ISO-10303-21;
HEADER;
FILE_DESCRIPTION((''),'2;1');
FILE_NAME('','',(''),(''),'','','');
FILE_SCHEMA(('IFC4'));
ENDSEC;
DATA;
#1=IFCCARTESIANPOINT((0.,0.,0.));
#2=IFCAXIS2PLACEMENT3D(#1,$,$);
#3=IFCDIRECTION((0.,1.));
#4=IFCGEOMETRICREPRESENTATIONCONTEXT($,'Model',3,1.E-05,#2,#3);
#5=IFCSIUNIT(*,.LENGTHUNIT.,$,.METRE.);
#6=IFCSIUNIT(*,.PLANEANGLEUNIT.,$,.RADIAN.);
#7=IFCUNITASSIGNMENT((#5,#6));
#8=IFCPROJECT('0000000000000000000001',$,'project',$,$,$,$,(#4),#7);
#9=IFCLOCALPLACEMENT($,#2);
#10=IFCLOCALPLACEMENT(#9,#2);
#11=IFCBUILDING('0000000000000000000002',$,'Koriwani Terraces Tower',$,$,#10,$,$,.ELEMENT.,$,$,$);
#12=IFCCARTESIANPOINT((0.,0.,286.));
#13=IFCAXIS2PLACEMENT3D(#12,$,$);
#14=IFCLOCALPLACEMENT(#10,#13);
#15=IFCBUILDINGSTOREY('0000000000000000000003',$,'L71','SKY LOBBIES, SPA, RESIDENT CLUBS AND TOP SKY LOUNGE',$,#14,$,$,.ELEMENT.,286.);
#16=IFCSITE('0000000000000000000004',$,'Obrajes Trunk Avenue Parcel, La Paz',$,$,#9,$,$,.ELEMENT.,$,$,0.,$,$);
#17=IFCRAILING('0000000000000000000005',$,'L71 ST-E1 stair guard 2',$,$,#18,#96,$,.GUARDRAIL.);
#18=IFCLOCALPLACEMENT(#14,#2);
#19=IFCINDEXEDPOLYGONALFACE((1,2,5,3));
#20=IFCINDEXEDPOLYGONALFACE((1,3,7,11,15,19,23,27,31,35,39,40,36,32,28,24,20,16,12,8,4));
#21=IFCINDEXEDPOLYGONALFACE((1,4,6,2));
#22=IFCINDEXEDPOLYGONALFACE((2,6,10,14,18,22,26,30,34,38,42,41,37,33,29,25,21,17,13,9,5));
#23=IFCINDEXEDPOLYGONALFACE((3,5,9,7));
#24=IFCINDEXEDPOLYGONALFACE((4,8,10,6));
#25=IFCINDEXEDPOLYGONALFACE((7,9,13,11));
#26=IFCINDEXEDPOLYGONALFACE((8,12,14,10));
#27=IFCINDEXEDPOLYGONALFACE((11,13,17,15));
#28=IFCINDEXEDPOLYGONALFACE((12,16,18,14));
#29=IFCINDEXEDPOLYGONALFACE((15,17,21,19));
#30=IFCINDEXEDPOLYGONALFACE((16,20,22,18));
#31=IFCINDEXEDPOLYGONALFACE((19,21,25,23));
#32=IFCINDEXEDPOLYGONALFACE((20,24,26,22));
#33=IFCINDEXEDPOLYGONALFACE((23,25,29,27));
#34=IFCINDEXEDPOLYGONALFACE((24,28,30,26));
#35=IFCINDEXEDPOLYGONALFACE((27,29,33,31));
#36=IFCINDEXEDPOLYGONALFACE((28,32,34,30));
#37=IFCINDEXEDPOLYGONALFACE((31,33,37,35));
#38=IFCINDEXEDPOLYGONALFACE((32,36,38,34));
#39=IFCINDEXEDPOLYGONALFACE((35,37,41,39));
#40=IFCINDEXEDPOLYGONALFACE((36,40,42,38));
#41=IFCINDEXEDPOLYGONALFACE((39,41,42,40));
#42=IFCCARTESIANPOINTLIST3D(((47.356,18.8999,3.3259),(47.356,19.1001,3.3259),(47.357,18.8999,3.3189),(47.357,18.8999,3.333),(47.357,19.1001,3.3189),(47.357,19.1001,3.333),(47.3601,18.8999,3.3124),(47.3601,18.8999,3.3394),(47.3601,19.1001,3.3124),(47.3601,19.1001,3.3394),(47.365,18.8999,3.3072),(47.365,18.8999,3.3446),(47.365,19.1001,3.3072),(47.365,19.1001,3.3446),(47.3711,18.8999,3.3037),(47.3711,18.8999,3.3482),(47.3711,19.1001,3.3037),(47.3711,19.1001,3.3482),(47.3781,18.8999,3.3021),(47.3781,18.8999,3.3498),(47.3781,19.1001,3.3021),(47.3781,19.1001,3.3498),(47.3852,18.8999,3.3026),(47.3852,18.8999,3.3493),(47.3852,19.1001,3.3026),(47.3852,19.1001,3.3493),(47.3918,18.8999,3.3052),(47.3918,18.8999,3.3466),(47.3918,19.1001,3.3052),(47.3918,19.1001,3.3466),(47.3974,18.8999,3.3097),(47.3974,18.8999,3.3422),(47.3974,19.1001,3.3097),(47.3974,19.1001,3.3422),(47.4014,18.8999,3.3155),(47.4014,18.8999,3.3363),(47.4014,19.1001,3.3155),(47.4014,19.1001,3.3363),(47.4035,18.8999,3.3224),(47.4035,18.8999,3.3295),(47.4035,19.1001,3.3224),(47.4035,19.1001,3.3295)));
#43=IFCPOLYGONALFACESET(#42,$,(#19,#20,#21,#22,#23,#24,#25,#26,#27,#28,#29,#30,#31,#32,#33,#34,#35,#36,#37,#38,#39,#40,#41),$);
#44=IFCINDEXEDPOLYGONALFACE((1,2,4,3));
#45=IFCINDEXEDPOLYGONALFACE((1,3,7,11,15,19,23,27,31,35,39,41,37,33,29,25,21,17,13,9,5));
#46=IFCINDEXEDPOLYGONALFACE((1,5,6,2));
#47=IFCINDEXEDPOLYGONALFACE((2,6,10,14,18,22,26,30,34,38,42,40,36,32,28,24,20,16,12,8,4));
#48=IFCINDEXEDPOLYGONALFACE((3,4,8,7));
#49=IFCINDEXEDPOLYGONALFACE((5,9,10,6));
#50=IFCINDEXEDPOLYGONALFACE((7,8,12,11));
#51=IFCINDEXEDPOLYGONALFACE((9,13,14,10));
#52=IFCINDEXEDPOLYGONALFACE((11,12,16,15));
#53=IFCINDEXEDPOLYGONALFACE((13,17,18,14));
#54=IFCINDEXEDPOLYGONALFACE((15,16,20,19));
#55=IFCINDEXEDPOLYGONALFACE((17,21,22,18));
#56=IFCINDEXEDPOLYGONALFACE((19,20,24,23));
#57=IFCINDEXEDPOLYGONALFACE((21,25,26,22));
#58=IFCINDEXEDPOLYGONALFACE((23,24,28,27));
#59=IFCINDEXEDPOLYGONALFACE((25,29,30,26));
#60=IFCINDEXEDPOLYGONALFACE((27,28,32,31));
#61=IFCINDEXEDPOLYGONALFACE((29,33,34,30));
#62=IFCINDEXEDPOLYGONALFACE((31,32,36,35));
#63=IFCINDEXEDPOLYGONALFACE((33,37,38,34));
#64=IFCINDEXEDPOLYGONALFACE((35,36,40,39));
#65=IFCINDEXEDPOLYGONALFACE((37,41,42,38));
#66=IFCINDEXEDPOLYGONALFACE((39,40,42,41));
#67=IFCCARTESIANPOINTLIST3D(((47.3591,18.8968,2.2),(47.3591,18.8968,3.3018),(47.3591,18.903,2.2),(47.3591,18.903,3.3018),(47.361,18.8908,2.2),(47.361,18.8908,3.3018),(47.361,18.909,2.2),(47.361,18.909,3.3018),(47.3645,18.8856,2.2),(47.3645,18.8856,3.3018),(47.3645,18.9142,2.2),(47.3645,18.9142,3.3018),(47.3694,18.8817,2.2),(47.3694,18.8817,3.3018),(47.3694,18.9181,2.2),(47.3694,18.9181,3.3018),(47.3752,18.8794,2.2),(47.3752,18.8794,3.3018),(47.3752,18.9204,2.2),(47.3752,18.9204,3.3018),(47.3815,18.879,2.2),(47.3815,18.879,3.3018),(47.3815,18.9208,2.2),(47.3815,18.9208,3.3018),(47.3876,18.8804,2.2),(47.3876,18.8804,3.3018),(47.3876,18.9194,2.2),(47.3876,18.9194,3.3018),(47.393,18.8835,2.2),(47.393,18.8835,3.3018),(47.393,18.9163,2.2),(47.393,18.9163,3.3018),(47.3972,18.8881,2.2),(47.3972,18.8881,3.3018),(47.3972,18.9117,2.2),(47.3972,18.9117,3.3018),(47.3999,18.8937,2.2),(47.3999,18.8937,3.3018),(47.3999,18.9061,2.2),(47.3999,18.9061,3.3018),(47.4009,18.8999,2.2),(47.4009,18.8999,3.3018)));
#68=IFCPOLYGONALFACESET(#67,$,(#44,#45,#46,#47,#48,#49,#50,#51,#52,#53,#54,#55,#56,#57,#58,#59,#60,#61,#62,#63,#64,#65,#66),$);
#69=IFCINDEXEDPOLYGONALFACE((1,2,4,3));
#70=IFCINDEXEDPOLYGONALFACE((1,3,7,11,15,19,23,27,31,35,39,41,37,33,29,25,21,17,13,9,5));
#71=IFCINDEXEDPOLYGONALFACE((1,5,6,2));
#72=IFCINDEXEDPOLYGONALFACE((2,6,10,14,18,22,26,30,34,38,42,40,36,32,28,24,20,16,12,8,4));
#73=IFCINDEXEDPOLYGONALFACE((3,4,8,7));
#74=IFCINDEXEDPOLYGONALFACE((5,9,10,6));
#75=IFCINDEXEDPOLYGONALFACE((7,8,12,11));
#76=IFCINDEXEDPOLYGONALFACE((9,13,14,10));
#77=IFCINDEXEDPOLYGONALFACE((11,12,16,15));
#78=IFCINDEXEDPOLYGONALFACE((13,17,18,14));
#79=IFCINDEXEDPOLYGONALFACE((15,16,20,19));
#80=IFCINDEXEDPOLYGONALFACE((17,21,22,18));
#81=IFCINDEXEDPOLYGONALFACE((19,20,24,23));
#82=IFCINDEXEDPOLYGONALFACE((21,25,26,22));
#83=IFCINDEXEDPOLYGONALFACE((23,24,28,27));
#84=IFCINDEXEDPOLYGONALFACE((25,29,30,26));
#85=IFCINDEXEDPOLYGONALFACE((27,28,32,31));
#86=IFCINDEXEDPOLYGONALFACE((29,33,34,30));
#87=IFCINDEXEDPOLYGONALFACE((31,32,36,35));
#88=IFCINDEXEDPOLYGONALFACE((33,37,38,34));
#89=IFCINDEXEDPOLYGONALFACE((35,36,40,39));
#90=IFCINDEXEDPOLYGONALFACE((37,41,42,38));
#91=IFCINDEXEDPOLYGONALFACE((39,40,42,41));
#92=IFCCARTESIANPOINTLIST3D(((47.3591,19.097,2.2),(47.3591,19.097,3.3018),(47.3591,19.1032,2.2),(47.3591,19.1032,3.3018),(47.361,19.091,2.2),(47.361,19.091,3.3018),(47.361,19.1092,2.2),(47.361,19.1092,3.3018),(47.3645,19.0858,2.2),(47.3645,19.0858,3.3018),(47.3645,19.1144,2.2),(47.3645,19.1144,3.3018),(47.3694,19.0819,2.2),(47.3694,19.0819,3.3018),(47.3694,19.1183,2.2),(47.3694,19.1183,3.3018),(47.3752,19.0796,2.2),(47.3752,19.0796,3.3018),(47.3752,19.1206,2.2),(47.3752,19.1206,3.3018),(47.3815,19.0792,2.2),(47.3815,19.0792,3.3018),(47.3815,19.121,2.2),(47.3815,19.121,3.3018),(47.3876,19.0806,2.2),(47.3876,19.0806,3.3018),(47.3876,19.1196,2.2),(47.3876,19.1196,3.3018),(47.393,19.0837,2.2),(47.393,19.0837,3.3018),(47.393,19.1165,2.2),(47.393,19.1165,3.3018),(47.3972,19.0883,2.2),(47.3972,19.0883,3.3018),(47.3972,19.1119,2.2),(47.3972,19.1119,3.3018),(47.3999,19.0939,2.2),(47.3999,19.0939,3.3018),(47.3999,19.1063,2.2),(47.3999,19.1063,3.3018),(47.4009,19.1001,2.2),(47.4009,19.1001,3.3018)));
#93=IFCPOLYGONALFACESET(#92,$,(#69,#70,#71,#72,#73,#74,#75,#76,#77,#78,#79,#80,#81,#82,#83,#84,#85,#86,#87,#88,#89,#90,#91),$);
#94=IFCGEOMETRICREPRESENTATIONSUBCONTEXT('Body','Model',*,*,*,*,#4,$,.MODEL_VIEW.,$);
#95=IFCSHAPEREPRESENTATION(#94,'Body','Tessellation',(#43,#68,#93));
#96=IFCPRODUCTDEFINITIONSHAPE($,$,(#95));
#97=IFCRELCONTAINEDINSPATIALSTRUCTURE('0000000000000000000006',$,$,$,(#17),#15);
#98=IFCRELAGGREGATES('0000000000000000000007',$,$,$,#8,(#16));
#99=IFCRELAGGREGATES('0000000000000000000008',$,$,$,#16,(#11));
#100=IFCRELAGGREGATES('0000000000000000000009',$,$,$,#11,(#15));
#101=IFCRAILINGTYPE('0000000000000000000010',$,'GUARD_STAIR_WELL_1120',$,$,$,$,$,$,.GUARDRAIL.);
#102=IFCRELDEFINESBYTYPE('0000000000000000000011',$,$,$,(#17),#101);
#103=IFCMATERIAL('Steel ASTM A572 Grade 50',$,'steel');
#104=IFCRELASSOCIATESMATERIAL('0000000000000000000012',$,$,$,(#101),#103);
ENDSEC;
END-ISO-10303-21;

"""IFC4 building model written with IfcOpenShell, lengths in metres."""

from ifc_helpers import new_model, si_unit, direction, frame, origin, origin_2d, place, context, subcontext, project, spatial, circle, extrude, material, type_object, element, save


model = new_model("IFC4")

# Units and contexts
model_context = context("Model", 3, precision=1e-05, world=origin(), true_north=direction((0.0, 1.0)))
body_context = subcontext(model_context, "Body", "Model", "MODEL_VIEW")
ifc_project = project(units=[si_unit("LENGTHUNIT", "METRE"), si_unit("PLANEANGLEUNIT", "RADIAN")], contexts=[model_context])

# Site, building, storey
site_placement = place(None, origin())
site = spatial("IfcSite", under=ifc_project, at=site_placement, Name="Obrajes Trunk Avenue Parcel, La Paz", CompositionType="ELEMENT", RefElevation=0.0)
building_placement = place(site_placement, origin())
building = spatial("IfcBuilding", under=site, at=building_placement, Name="Koriwani Terraces Tower", CompositionType="ELEMENT")
storey_placement = place(building_placement, frame((0.0, 0.0, 286.0)))
storey = spatial("IfcBuildingStorey", under=building, at=storey_placement, Name="L71", Description="SKY LOBBIES, SPA, RESIDENT CLUBS AND TOP SKY LOUNGE", CompositionType="ELEMENT", Elevation=286.0)

# Railing
ifc_material_1 = material(Name="Steel ASTM A572 Grade 50", Category="steel")
railing_type_1 = type_object("IfcRailingType", Name="GUARD_STAIR_WELL_1120", PredefinedType="GUARDRAIL", material=ifc_material_1)
railing_1_placement = place(storey_placement, frame((47.3799, 18.8999, 2.2)))
element("IfcRailing", 1, at=railing_1_placement, inside=storey, type_object=railing_type_1, Name="L71 ST-E1 stair guard 2", PredefinedType="GUARDRAIL", context=body_context, shape_type="SweptSolid", body=[
    extrude(circle(Radius=0.0239, at=origin_2d()), frame((0.0, 0.0, 1.126), z_axis=(0.0, 1.0, 0.0), x_axis=(-1.0, 0.0, 0.0)), (0.0, 0.0, 1.0), 0.2002),
    extrude(circle(Radius=0.021, at=origin_2d()), origin(), (0.0, 0.0, 1.0), 1.1018),
    extrude(circle(Radius=0.021, at=origin_2d()), frame((0.0, 0.2002, 0.0)), (0.0, 0.0, 1.0), 1.1018),
])

save(model, "model.ifc")
